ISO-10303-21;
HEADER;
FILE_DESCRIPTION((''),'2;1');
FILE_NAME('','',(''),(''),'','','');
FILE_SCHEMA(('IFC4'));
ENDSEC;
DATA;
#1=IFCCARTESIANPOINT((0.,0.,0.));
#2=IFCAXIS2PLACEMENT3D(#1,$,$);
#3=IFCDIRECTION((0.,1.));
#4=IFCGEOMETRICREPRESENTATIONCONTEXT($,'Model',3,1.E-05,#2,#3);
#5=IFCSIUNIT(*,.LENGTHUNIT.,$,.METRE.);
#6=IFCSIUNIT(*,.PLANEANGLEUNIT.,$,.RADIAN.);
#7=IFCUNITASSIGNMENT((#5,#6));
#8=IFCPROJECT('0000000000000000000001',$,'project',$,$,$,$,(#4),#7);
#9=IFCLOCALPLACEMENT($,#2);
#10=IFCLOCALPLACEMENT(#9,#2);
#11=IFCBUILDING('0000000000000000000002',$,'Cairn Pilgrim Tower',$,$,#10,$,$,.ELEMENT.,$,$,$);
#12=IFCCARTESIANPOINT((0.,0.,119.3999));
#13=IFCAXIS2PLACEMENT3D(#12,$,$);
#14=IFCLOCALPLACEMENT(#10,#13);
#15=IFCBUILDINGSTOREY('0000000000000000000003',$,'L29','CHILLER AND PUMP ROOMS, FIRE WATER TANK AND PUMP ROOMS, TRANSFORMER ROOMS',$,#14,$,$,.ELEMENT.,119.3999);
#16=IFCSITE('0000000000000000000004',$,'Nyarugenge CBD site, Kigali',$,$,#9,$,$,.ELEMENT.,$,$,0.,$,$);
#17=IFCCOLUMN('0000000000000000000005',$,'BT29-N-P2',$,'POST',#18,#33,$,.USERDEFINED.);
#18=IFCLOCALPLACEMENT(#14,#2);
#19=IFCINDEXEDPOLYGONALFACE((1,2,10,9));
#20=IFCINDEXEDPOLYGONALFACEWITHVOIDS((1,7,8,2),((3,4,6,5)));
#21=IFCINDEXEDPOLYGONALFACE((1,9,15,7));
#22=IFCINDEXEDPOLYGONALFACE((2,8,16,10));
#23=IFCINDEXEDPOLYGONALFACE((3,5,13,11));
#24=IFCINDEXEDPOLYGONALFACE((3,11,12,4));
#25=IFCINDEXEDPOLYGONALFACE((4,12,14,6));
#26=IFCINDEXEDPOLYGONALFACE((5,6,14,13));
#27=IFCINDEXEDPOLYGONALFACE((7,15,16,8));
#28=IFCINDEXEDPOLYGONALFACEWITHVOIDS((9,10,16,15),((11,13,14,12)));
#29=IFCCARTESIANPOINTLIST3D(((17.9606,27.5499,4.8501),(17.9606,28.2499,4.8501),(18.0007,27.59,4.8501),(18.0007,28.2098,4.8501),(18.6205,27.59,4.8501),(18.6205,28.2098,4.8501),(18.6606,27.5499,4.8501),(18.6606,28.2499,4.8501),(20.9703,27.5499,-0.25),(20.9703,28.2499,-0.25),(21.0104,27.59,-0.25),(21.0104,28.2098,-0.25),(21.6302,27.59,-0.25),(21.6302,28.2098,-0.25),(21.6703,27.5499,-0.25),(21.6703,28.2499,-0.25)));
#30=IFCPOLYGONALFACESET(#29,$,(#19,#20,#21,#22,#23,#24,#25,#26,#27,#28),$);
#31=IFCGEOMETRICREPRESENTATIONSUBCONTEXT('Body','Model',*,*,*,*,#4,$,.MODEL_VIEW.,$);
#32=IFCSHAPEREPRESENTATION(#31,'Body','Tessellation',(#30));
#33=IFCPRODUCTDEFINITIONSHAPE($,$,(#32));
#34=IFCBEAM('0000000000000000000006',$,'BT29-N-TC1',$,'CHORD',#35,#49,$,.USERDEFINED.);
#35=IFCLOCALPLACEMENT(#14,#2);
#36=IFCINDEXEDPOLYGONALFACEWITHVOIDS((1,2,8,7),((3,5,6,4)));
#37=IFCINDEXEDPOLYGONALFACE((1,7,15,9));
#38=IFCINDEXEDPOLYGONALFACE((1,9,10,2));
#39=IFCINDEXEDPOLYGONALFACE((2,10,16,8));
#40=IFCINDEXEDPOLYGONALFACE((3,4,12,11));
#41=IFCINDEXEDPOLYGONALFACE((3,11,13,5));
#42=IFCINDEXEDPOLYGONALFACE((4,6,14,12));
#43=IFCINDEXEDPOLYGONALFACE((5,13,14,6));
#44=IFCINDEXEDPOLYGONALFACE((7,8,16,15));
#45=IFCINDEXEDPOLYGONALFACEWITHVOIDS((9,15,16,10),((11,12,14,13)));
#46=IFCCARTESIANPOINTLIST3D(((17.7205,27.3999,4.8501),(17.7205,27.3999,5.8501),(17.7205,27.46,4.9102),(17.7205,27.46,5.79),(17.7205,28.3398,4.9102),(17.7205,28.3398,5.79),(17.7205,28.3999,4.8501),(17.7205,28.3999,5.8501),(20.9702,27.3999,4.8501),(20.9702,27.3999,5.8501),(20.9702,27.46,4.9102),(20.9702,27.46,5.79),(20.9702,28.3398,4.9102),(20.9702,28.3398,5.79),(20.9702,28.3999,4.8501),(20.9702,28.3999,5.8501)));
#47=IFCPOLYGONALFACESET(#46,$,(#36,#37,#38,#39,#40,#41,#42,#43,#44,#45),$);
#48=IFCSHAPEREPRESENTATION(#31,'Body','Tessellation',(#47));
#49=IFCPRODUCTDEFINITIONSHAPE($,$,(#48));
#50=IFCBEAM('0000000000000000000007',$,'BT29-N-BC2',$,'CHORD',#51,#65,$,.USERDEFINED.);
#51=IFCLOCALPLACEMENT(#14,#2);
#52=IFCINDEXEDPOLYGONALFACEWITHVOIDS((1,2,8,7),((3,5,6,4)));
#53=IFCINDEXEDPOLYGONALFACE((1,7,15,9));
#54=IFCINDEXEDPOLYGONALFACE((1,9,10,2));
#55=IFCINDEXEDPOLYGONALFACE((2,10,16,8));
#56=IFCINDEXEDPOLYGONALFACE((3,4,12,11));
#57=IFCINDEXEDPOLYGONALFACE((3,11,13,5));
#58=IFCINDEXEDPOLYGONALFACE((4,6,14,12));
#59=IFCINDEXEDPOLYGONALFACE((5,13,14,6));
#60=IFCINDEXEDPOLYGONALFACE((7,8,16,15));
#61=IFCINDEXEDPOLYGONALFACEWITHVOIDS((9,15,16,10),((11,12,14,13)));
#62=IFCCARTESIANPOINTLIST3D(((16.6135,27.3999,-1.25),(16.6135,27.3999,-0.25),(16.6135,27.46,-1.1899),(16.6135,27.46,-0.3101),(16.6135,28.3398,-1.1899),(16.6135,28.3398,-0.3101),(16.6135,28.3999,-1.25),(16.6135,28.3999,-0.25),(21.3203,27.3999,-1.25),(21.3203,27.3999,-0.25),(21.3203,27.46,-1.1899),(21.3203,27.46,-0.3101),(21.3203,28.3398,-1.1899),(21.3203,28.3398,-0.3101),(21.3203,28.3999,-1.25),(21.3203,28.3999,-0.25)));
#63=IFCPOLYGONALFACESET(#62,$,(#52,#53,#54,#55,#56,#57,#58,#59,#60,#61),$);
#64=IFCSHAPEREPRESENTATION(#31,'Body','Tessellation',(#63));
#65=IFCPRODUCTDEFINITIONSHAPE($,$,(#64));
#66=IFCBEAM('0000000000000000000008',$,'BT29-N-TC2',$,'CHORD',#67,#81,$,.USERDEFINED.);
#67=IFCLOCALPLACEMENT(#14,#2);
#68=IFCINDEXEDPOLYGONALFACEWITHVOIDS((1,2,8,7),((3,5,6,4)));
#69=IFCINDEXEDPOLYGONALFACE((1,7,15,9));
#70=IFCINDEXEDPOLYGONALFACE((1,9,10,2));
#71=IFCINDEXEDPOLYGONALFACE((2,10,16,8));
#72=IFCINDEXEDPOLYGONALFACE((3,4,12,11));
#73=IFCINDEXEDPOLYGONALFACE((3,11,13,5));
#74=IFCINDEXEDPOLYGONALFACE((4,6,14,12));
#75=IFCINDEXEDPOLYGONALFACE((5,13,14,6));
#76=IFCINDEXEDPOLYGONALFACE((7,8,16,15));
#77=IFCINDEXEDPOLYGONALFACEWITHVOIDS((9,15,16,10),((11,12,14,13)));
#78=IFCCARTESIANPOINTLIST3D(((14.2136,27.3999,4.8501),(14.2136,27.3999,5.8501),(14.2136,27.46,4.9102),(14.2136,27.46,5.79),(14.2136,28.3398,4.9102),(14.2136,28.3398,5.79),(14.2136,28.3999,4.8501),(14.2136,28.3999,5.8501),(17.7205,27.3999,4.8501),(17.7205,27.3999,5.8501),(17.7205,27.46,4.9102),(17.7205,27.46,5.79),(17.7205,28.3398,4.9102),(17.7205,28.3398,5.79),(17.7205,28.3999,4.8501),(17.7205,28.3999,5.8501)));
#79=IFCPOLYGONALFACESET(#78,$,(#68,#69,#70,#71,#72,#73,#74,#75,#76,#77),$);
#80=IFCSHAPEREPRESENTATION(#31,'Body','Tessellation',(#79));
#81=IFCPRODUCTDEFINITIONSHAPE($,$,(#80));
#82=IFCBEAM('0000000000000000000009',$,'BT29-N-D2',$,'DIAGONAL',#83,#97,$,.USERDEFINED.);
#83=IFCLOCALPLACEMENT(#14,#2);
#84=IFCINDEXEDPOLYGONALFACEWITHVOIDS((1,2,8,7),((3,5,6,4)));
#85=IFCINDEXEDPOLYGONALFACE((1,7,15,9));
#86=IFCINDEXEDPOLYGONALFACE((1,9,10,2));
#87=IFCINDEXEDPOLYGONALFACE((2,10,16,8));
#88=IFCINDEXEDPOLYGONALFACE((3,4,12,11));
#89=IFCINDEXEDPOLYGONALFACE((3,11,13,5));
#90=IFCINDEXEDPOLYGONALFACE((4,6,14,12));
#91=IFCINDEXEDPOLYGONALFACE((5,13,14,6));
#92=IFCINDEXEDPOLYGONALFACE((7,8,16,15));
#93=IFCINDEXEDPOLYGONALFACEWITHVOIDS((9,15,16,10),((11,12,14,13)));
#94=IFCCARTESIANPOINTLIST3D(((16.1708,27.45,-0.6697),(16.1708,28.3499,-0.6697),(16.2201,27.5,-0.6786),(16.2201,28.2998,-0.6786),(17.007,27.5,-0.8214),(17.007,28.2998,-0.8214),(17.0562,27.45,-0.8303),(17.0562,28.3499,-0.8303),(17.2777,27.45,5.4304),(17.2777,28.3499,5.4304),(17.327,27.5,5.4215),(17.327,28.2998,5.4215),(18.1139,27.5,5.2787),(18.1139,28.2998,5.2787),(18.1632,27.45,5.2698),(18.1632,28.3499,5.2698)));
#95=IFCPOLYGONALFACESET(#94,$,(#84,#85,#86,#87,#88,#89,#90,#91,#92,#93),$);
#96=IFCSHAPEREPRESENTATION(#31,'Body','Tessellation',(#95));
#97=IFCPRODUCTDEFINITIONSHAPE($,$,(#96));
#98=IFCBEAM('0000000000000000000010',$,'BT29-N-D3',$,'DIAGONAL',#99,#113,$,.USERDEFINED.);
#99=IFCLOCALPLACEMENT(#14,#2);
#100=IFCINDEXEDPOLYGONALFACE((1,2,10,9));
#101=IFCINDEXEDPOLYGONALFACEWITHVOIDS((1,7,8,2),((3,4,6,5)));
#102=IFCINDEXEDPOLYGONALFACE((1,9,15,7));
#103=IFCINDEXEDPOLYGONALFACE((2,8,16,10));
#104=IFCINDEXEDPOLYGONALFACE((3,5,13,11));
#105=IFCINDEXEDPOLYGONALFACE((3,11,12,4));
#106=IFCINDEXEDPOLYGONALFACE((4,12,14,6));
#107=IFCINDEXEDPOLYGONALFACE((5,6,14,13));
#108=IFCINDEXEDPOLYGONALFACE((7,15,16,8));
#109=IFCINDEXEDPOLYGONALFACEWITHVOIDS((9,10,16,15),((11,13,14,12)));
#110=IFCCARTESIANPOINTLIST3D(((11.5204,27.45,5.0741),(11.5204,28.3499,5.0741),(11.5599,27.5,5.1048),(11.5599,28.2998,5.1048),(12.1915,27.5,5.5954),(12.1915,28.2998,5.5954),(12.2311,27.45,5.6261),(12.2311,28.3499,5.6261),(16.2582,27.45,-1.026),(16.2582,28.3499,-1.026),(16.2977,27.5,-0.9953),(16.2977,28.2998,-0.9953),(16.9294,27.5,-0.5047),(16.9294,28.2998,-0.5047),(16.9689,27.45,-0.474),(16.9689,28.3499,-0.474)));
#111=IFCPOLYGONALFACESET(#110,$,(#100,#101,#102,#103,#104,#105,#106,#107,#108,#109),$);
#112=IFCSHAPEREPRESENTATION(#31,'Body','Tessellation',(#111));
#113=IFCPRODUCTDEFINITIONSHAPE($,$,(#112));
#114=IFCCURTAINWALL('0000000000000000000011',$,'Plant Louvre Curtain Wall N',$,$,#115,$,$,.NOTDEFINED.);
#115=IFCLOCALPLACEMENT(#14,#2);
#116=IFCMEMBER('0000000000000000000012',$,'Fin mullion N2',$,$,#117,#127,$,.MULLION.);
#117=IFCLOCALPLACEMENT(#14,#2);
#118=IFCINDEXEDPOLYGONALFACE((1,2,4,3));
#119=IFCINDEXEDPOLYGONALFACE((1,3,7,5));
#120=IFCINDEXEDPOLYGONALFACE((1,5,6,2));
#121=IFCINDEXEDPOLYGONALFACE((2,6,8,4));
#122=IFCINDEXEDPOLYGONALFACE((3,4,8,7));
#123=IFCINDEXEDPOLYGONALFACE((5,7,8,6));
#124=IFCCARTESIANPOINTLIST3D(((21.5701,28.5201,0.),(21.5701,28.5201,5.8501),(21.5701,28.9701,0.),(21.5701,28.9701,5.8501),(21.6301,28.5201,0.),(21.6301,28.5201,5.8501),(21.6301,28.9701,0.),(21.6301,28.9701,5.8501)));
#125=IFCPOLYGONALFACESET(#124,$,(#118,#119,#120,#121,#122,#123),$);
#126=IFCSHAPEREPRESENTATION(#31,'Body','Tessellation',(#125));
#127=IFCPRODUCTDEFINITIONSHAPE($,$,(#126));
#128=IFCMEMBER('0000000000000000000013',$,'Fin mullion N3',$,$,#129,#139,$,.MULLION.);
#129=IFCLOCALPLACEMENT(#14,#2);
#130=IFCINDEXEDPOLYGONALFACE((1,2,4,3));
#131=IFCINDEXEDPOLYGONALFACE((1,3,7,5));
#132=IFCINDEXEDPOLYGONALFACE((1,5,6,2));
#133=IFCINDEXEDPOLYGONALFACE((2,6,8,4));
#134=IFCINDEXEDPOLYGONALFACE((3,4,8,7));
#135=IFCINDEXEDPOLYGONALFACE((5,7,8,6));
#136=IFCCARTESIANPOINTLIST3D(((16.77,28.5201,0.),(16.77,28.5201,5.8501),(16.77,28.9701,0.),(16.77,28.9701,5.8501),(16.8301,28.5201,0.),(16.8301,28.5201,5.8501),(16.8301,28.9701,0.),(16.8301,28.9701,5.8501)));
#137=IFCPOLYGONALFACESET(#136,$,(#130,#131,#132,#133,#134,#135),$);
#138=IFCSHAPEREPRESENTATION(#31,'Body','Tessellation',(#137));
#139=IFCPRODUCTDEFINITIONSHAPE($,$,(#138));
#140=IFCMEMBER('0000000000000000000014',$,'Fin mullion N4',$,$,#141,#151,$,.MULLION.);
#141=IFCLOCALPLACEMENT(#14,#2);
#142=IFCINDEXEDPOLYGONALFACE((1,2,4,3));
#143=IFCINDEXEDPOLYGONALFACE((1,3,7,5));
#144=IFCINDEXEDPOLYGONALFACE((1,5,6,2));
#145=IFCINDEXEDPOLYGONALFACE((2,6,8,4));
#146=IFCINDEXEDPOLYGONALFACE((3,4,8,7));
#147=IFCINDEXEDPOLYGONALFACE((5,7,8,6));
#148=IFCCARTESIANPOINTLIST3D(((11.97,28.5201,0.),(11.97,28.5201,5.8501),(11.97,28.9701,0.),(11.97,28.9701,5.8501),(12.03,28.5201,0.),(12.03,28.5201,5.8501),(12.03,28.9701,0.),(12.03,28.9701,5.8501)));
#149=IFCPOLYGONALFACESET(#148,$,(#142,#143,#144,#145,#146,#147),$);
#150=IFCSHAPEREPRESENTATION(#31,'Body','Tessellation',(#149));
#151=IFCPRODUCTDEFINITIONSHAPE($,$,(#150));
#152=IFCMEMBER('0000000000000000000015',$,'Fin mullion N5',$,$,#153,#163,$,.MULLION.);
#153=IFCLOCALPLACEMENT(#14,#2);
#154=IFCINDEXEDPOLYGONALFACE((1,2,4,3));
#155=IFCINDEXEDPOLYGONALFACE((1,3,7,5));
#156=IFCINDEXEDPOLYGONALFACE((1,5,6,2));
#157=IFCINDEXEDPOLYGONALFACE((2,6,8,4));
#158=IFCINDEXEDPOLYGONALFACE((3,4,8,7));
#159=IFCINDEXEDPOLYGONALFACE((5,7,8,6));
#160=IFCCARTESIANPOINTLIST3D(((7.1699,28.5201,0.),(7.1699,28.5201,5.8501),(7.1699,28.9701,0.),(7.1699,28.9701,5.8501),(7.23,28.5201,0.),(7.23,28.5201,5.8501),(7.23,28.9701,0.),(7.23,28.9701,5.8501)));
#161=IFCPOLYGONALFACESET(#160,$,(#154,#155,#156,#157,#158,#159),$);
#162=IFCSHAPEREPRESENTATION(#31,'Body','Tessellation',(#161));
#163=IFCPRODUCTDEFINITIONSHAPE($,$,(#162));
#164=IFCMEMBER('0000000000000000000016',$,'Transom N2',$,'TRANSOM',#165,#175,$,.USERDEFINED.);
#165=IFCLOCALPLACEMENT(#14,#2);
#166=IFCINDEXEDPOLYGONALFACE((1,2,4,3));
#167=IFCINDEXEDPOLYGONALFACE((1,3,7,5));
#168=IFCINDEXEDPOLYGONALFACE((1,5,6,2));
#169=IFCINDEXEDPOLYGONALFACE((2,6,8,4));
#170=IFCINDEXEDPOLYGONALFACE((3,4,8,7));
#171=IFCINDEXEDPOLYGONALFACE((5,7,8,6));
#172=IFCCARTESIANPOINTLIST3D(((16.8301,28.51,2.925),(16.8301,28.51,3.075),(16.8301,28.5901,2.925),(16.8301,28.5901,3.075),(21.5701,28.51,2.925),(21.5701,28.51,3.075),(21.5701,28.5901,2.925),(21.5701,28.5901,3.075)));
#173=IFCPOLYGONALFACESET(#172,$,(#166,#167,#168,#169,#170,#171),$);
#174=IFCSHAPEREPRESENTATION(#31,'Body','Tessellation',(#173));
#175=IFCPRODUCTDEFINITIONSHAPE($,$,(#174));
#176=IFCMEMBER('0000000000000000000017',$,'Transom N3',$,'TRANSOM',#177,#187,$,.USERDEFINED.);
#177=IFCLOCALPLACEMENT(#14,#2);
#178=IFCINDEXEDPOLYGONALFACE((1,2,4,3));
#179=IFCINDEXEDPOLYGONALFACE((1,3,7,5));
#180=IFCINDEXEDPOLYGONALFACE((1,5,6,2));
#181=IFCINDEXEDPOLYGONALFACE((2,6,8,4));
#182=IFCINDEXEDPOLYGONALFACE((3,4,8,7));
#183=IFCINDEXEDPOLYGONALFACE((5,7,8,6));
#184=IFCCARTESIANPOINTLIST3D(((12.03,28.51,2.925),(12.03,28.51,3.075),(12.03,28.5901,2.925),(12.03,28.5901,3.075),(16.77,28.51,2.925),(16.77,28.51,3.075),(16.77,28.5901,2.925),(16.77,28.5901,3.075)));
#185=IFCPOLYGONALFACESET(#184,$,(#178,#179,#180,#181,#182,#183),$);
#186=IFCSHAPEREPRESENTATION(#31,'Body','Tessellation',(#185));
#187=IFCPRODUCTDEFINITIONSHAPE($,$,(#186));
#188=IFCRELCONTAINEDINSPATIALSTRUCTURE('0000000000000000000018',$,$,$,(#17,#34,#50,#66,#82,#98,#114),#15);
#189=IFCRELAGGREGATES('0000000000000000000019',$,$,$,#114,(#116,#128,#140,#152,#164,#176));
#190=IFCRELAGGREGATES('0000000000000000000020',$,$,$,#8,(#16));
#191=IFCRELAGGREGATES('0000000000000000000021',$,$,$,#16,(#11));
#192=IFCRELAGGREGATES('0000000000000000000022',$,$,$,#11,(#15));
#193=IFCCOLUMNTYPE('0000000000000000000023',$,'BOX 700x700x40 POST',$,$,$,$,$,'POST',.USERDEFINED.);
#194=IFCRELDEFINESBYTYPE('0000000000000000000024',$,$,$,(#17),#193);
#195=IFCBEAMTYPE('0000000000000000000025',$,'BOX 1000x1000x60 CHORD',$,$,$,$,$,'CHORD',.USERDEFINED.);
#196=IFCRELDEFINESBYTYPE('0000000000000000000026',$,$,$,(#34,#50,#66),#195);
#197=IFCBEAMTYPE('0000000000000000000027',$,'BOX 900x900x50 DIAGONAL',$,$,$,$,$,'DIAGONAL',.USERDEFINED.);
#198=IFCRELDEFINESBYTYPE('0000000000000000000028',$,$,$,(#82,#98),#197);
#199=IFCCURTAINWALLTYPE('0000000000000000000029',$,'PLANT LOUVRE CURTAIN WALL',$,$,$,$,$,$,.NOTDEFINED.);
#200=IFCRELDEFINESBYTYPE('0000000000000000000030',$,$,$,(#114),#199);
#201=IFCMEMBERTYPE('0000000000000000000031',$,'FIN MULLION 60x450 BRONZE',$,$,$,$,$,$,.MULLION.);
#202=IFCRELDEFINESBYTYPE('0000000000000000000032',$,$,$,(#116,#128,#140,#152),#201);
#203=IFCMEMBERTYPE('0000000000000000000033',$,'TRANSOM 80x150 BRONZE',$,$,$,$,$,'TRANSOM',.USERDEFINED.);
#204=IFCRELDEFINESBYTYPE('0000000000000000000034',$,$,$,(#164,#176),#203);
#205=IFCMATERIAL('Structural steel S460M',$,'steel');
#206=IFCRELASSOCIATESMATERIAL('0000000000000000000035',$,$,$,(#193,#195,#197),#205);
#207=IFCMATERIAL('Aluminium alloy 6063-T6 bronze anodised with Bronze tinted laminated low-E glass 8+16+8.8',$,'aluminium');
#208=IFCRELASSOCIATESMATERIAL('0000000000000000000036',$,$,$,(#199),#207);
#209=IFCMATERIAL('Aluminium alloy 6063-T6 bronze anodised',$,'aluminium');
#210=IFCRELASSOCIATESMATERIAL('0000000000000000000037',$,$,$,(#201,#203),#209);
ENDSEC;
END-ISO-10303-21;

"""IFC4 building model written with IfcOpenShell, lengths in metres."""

from ifc_helpers import new_model, si_unit, direction, frame, origin, origin_2d, place, context, subcontext, project, spatial, rectangle, hollow_rectangle, extrude, clip, halfspace, material, material_profile, profile_set, type_object, element, aggregate, save


model = new_model("IFC4")

# Units and contexts
model_context = context("Model", 3, precision=1e-05, world=origin(), true_north=direction((0.0, 1.0)))
body_context = subcontext(model_context, "Body", "Model", "MODEL_VIEW")
ifc_project = project(units=[si_unit("LENGTHUNIT", "METRE"), si_unit("PLANEANGLEUNIT", "RADIAN")], contexts=[model_context])

# Site, building, storey
site_placement = place(None, origin())
site = spatial("IfcSite", under=ifc_project, at=site_placement, Name="Nyarugenge CBD site, Kigali", CompositionType="ELEMENT", RefElevation=0.0)
building_placement = place(site_placement, origin())
building = spatial("IfcBuilding", under=site, at=building_placement, Name="Cairn Pilgrim Tower", CompositionType="ELEMENT")
storey_placement = place(building_placement, frame((0.0, 0.0, 119.3999)))
storey = spatial("IfcBuildingStorey", under=building, at=storey_placement, Name="L29", Description="CHILLER AND PUMP ROOMS, FIRE WATER TANK AND PUMP ROOMS, TRANSFORMER ROOMS", CompositionType="ELEMENT", Elevation=119.3999)

# Column
ifc_material_1 = material(Name="Structural steel S460M", Category="steel")
ifc_material_profile_1 = material_profile(ifc_material_1, hollow_rectangle(XDim=0.7, YDim=0.7, WallThickness=0.04, at=origin_2d()), Name="BOX 700x700x40")
ifc_profile_set_1 = profile_set([ifc_material_profile_1], Name="Structural steel S460M")
column_type = type_object("IfcColumnType", Name="BOX 700x700x40 POST", ElementType="POST", PredefinedType="USERDEFINED", material=ifc_profile_set_1)
column_placement = place(storey_placement, frame((21.3203, 27.8999, -0.25), z_axis=(0.0, 0.0, 1.0), x_axis=(1.0, 0.0, 0.0)))
element("IfcColumn", 1, at=column_placement, inside=storey, type_object=column_type, Name="BT29-N-P2", ObjectType="POST", PredefinedType="USERDEFINED", context=body_context, shape_type="Clipping", body=[
    clip(extrude(hollow_rectangle(XDim=0.7, YDim=0.7, WallThickness=0.04, at=origin_2d()), origin(), (-0.508232, 0.0, 0.86122), 7.083), halfspace(frame((0.0, 0.0, 5.1001), z_axis=(0.0, 0.0, 1.0), x_axis=(1.0, 0.0, 0.0)), False)),
])

# Beams
ifc_material_profile_2 = material_profile(ifc_material_1, hollow_rectangle(XDim=1.0, YDim=1.0, WallThickness=0.0601, at=origin_2d()), Name="BOX 1000x1000x60")
ifc_profile_set_2 = profile_set([ifc_material_profile_2], Name="Structural steel S460M")
beam_type_1 = type_object("IfcBeamType", Name="BOX 1000x1000x60 CHORD", ElementType="CHORD", PredefinedType="USERDEFINED", material=ifc_profile_set_2)
beam_1_placement = place(storey_placement, frame((20.9702, 27.8999, 5.3501), z_axis=(-1.0, 0.0, 0.0), x_axis=(0.0, -1.0, 0.0)))
element("IfcBeam", 2, at=beam_1_placement, inside=storey, type_object=beam_type_1, Name="BT29-N-TC1", ObjectType="CHORD", PredefinedType="USERDEFINED", context=body_context, shape_type="SweptSolid", body=[
    extrude(hollow_rectangle(XDim=1.0, YDim=1.0, WallThickness=0.0601, at=origin_2d()), origin(), (0.0, 0.0, 1.0), 3.2498),
])
beam_2_placement = place(storey_placement, frame((21.3203, 27.8999, -0.75), z_axis=(-1.0, 0.0, 0.0), x_axis=(0.0, -1.0, 0.0)))
element("IfcBeam", 3, at=beam_2_placement, inside=storey, type_object=beam_type_1, Name="BT29-N-BC2", ObjectType="CHORD", PredefinedType="USERDEFINED", context=body_context, shape_type="SweptSolid", body=[
    extrude(hollow_rectangle(XDim=1.0, YDim=1.0, WallThickness=0.0601, at=origin_2d()), origin(), (0.0, 0.0, 1.0), 4.7068),
])
beam_3_placement = place(storey_placement, frame((17.7205, 27.8999, 5.3501), z_axis=(-1.0, 0.0, 0.0), x_axis=(0.0, -1.0, 0.0)))
element("IfcBeam", 4, at=beam_3_placement, inside=storey, type_object=beam_type_1, Name="BT29-N-TC2", ObjectType="CHORD", PredefinedType="USERDEFINED", context=body_context, shape_type="SweptSolid", body=[
    extrude(hollow_rectangle(XDim=1.0, YDim=1.0, WallThickness=0.0601, at=origin_2d()), origin(), (0.0, 0.0, 1.0), 3.5068),
])
ifc_material_profile_3 = material_profile(ifc_material_1, hollow_rectangle(XDim=0.8999, YDim=0.8999, WallThickness=0.05, at=origin_2d()), Name="BOX 900x900x50")
ifc_profile_set_3 = profile_set([ifc_material_profile_3], Name="Structural steel S460M")
beam_type_2 = type_object("IfcBeamType", Name="BOX 900x900x50 DIAGONAL", ElementType="DIAGONAL", PredefinedType="USERDEFINED", material=ifc_profile_set_3)
beam_4_placement = place(storey_placement, frame((17.7205, 27.8999, 5.3501), z_axis=(-0.178546, 0.0, -0.983932), x_axis=(0.0, -1.0, 0.0)))
element("IfcBeam", 5, at=beam_4_placement, inside=storey, type_object=beam_type_2, Name="BT29-N-D2", ObjectType="DIAGONAL", PredefinedType="USERDEFINED", context=body_context, shape_type="SweptSolid", body=[
    extrude(hollow_rectangle(XDim=0.8999, YDim=0.8999, WallThickness=0.05, at=origin_2d()), origin(), (0.0, 0.0, 1.0), 6.1997),
])
beam_5_placement = place(storey_placement, frame((16.6135, 27.8999, -0.75), z_axis=(-0.613398, 0.0, 0.789774), x_axis=(0.0, -1.0, 0.0)))
element("IfcBeam", 6, at=beam_5_placement, inside=storey, type_object=beam_type_2, Name="BT29-N-D3", ObjectType="DIAGONAL", PredefinedType="USERDEFINED", context=body_context, shape_type="SweptSolid", body=[
    extrude(hollow_rectangle(XDim=0.8999, YDim=0.8999, WallThickness=0.05, at=origin_2d()), origin(), (0.0, 0.0, 1.0), 7.7239),
])

# Curtain wall, members
ifc_material_2 = material(Name="Aluminium alloy 6063-T6 bronze anodised with Bronze tinted laminated low-E glass 8+16+8.8", Category="aluminium")
curtain_wall_type = type_object("IfcCurtainWallType", Name="PLANT LOUVRE CURTAIN WALL", PredefinedType="NOTDEFINED", material=ifc_material_2)
curtain_wall_placement = place(storey_placement, origin())
curtain_wall = element("IfcCurtainWall", 7, at=curtain_wall_placement, inside=storey, type_object=curtain_wall_type, Name="Plant Louvre Curtain Wall N", PredefinedType="NOTDEFINED")
ifc_material_3 = material(Name="Aluminium alloy 6063-T6 bronze anodised", Category="aluminium")
ifc_material_profile_4 = material_profile(ifc_material_3, rectangle(XDim=0.45, YDim=0.0601, at=origin_2d()), Name="FIN MULLION 60x450 BRONZE")
ifc_profile_set_4 = profile_set([ifc_material_profile_4], Name="Aluminium alloy 6063-T6 bronze anodised")
member_type_1 = type_object("IfcMemberType", Name="FIN MULLION 60x450 BRONZE", PredefinedType="MULLION", material=ifc_profile_set_4)
member_1_placement = place(storey_placement, frame((21.6001, 28.7451, 0.0), z_axis=(0.0, 0.0, 1.0), x_axis=(0.0, 1.0, 0.0)))
member_1 = element("IfcMember", 8, at=member_1_placement, type_object=member_type_1, Name="Fin mullion N2", PredefinedType="MULLION", context=body_context, shape_type="SweptSolid", body=[
    extrude(rectangle(XDim=0.45, YDim=0.0601, at=origin_2d()), origin(), (0.0, 0.0, 1.0), 5.8501),
])
member_2_placement = place(storey_placement, frame((16.8, 28.7451, 0.0), z_axis=(0.0, 0.0, 1.0), x_axis=(0.0, 1.0, 0.0)))
member_2 = element("IfcMember", 9, at=member_2_placement, type_object=member_type_1, Name="Fin mullion N3", PredefinedType="MULLION", context=body_context, shape_type="SweptSolid", body=[
    extrude(rectangle(XDim=0.45, YDim=0.0601, at=origin_2d()), origin(), (0.0, 0.0, 1.0), 5.8501),
])
member_3_placement = place(storey_placement, frame((12.0, 28.7451, 0.0), z_axis=(0.0, 0.0, 1.0), x_axis=(0.0, 1.0, 0.0)))
member_3 = element("IfcMember", 10, at=member_3_placement, type_object=member_type_1, Name="Fin mullion N4", PredefinedType="MULLION", context=body_context, shape_type="SweptSolid", body=[
    extrude(rectangle(XDim=0.45, YDim=0.0601, at=origin_2d()), origin(), (0.0, 0.0, 1.0), 5.8501),
])
member_4_placement = place(storey_placement, frame((7.2, 28.7451, 0.0), z_axis=(0.0, 0.0, 1.0), x_axis=(0.0, 1.0, 0.0)))
member_4 = element("IfcMember", 11, at=member_4_placement, type_object=member_type_1, Name="Fin mullion N5", PredefinedType="MULLION", context=body_context, shape_type="SweptSolid", body=[
    extrude(rectangle(XDim=0.45, YDim=0.0601, at=origin_2d()), origin(), (0.0, 0.0, 1.0), 5.8501),
])
ifc_material_profile_5 = material_profile(ifc_material_3, rectangle(XDim=0.0801, YDim=0.1499, at=origin_2d()), Name="TRANSOM 80x150 BRONZE")
ifc_profile_set_5 = profile_set([ifc_material_profile_5], Name="Aluminium alloy 6063-T6 bronze anodised")
member_type_2 = type_object("IfcMemberType", Name="TRANSOM 80x150 BRONZE", ElementType="TRANSOM", PredefinedType="USERDEFINED", material=ifc_profile_set_5)
member_5_placement = place(storey_placement, frame((21.5701, 28.55, 3.0), z_axis=(-1.0, 0.0, 0.0), x_axis=(0.0, -1.0, 0.0)))
member_5 = element("IfcMember", 12, at=member_5_placement, type_object=member_type_2, Name="Transom N2", ObjectType="TRANSOM", PredefinedType="USERDEFINED", context=body_context, shape_type="SweptSolid", body=[
    extrude(rectangle(XDim=0.0801, YDim=0.1499, at=origin_2d()), origin(), (0.0, 0.0, 1.0), 4.74),
])
member_6_placement = place(storey_placement, frame((16.77, 28.55, 3.0), z_axis=(-1.0, 0.0, 0.0), x_axis=(0.0, -1.0, 0.0)))
member_6 = element("IfcMember", 13, at=member_6_placement, type_object=member_type_2, Name="Transom N3", ObjectType="TRANSOM", PredefinedType="USERDEFINED", context=body_context, shape_type="SweptSolid", body=[
    extrude(rectangle(XDim=0.0801, YDim=0.1499, at=origin_2d()), origin(), (0.0, 0.0, 1.0), 4.74),
])

aggregate(curtain_wall, [member_1, member_2, member_3, member_4, member_5, member_6])

save(model, "model.ifc")
